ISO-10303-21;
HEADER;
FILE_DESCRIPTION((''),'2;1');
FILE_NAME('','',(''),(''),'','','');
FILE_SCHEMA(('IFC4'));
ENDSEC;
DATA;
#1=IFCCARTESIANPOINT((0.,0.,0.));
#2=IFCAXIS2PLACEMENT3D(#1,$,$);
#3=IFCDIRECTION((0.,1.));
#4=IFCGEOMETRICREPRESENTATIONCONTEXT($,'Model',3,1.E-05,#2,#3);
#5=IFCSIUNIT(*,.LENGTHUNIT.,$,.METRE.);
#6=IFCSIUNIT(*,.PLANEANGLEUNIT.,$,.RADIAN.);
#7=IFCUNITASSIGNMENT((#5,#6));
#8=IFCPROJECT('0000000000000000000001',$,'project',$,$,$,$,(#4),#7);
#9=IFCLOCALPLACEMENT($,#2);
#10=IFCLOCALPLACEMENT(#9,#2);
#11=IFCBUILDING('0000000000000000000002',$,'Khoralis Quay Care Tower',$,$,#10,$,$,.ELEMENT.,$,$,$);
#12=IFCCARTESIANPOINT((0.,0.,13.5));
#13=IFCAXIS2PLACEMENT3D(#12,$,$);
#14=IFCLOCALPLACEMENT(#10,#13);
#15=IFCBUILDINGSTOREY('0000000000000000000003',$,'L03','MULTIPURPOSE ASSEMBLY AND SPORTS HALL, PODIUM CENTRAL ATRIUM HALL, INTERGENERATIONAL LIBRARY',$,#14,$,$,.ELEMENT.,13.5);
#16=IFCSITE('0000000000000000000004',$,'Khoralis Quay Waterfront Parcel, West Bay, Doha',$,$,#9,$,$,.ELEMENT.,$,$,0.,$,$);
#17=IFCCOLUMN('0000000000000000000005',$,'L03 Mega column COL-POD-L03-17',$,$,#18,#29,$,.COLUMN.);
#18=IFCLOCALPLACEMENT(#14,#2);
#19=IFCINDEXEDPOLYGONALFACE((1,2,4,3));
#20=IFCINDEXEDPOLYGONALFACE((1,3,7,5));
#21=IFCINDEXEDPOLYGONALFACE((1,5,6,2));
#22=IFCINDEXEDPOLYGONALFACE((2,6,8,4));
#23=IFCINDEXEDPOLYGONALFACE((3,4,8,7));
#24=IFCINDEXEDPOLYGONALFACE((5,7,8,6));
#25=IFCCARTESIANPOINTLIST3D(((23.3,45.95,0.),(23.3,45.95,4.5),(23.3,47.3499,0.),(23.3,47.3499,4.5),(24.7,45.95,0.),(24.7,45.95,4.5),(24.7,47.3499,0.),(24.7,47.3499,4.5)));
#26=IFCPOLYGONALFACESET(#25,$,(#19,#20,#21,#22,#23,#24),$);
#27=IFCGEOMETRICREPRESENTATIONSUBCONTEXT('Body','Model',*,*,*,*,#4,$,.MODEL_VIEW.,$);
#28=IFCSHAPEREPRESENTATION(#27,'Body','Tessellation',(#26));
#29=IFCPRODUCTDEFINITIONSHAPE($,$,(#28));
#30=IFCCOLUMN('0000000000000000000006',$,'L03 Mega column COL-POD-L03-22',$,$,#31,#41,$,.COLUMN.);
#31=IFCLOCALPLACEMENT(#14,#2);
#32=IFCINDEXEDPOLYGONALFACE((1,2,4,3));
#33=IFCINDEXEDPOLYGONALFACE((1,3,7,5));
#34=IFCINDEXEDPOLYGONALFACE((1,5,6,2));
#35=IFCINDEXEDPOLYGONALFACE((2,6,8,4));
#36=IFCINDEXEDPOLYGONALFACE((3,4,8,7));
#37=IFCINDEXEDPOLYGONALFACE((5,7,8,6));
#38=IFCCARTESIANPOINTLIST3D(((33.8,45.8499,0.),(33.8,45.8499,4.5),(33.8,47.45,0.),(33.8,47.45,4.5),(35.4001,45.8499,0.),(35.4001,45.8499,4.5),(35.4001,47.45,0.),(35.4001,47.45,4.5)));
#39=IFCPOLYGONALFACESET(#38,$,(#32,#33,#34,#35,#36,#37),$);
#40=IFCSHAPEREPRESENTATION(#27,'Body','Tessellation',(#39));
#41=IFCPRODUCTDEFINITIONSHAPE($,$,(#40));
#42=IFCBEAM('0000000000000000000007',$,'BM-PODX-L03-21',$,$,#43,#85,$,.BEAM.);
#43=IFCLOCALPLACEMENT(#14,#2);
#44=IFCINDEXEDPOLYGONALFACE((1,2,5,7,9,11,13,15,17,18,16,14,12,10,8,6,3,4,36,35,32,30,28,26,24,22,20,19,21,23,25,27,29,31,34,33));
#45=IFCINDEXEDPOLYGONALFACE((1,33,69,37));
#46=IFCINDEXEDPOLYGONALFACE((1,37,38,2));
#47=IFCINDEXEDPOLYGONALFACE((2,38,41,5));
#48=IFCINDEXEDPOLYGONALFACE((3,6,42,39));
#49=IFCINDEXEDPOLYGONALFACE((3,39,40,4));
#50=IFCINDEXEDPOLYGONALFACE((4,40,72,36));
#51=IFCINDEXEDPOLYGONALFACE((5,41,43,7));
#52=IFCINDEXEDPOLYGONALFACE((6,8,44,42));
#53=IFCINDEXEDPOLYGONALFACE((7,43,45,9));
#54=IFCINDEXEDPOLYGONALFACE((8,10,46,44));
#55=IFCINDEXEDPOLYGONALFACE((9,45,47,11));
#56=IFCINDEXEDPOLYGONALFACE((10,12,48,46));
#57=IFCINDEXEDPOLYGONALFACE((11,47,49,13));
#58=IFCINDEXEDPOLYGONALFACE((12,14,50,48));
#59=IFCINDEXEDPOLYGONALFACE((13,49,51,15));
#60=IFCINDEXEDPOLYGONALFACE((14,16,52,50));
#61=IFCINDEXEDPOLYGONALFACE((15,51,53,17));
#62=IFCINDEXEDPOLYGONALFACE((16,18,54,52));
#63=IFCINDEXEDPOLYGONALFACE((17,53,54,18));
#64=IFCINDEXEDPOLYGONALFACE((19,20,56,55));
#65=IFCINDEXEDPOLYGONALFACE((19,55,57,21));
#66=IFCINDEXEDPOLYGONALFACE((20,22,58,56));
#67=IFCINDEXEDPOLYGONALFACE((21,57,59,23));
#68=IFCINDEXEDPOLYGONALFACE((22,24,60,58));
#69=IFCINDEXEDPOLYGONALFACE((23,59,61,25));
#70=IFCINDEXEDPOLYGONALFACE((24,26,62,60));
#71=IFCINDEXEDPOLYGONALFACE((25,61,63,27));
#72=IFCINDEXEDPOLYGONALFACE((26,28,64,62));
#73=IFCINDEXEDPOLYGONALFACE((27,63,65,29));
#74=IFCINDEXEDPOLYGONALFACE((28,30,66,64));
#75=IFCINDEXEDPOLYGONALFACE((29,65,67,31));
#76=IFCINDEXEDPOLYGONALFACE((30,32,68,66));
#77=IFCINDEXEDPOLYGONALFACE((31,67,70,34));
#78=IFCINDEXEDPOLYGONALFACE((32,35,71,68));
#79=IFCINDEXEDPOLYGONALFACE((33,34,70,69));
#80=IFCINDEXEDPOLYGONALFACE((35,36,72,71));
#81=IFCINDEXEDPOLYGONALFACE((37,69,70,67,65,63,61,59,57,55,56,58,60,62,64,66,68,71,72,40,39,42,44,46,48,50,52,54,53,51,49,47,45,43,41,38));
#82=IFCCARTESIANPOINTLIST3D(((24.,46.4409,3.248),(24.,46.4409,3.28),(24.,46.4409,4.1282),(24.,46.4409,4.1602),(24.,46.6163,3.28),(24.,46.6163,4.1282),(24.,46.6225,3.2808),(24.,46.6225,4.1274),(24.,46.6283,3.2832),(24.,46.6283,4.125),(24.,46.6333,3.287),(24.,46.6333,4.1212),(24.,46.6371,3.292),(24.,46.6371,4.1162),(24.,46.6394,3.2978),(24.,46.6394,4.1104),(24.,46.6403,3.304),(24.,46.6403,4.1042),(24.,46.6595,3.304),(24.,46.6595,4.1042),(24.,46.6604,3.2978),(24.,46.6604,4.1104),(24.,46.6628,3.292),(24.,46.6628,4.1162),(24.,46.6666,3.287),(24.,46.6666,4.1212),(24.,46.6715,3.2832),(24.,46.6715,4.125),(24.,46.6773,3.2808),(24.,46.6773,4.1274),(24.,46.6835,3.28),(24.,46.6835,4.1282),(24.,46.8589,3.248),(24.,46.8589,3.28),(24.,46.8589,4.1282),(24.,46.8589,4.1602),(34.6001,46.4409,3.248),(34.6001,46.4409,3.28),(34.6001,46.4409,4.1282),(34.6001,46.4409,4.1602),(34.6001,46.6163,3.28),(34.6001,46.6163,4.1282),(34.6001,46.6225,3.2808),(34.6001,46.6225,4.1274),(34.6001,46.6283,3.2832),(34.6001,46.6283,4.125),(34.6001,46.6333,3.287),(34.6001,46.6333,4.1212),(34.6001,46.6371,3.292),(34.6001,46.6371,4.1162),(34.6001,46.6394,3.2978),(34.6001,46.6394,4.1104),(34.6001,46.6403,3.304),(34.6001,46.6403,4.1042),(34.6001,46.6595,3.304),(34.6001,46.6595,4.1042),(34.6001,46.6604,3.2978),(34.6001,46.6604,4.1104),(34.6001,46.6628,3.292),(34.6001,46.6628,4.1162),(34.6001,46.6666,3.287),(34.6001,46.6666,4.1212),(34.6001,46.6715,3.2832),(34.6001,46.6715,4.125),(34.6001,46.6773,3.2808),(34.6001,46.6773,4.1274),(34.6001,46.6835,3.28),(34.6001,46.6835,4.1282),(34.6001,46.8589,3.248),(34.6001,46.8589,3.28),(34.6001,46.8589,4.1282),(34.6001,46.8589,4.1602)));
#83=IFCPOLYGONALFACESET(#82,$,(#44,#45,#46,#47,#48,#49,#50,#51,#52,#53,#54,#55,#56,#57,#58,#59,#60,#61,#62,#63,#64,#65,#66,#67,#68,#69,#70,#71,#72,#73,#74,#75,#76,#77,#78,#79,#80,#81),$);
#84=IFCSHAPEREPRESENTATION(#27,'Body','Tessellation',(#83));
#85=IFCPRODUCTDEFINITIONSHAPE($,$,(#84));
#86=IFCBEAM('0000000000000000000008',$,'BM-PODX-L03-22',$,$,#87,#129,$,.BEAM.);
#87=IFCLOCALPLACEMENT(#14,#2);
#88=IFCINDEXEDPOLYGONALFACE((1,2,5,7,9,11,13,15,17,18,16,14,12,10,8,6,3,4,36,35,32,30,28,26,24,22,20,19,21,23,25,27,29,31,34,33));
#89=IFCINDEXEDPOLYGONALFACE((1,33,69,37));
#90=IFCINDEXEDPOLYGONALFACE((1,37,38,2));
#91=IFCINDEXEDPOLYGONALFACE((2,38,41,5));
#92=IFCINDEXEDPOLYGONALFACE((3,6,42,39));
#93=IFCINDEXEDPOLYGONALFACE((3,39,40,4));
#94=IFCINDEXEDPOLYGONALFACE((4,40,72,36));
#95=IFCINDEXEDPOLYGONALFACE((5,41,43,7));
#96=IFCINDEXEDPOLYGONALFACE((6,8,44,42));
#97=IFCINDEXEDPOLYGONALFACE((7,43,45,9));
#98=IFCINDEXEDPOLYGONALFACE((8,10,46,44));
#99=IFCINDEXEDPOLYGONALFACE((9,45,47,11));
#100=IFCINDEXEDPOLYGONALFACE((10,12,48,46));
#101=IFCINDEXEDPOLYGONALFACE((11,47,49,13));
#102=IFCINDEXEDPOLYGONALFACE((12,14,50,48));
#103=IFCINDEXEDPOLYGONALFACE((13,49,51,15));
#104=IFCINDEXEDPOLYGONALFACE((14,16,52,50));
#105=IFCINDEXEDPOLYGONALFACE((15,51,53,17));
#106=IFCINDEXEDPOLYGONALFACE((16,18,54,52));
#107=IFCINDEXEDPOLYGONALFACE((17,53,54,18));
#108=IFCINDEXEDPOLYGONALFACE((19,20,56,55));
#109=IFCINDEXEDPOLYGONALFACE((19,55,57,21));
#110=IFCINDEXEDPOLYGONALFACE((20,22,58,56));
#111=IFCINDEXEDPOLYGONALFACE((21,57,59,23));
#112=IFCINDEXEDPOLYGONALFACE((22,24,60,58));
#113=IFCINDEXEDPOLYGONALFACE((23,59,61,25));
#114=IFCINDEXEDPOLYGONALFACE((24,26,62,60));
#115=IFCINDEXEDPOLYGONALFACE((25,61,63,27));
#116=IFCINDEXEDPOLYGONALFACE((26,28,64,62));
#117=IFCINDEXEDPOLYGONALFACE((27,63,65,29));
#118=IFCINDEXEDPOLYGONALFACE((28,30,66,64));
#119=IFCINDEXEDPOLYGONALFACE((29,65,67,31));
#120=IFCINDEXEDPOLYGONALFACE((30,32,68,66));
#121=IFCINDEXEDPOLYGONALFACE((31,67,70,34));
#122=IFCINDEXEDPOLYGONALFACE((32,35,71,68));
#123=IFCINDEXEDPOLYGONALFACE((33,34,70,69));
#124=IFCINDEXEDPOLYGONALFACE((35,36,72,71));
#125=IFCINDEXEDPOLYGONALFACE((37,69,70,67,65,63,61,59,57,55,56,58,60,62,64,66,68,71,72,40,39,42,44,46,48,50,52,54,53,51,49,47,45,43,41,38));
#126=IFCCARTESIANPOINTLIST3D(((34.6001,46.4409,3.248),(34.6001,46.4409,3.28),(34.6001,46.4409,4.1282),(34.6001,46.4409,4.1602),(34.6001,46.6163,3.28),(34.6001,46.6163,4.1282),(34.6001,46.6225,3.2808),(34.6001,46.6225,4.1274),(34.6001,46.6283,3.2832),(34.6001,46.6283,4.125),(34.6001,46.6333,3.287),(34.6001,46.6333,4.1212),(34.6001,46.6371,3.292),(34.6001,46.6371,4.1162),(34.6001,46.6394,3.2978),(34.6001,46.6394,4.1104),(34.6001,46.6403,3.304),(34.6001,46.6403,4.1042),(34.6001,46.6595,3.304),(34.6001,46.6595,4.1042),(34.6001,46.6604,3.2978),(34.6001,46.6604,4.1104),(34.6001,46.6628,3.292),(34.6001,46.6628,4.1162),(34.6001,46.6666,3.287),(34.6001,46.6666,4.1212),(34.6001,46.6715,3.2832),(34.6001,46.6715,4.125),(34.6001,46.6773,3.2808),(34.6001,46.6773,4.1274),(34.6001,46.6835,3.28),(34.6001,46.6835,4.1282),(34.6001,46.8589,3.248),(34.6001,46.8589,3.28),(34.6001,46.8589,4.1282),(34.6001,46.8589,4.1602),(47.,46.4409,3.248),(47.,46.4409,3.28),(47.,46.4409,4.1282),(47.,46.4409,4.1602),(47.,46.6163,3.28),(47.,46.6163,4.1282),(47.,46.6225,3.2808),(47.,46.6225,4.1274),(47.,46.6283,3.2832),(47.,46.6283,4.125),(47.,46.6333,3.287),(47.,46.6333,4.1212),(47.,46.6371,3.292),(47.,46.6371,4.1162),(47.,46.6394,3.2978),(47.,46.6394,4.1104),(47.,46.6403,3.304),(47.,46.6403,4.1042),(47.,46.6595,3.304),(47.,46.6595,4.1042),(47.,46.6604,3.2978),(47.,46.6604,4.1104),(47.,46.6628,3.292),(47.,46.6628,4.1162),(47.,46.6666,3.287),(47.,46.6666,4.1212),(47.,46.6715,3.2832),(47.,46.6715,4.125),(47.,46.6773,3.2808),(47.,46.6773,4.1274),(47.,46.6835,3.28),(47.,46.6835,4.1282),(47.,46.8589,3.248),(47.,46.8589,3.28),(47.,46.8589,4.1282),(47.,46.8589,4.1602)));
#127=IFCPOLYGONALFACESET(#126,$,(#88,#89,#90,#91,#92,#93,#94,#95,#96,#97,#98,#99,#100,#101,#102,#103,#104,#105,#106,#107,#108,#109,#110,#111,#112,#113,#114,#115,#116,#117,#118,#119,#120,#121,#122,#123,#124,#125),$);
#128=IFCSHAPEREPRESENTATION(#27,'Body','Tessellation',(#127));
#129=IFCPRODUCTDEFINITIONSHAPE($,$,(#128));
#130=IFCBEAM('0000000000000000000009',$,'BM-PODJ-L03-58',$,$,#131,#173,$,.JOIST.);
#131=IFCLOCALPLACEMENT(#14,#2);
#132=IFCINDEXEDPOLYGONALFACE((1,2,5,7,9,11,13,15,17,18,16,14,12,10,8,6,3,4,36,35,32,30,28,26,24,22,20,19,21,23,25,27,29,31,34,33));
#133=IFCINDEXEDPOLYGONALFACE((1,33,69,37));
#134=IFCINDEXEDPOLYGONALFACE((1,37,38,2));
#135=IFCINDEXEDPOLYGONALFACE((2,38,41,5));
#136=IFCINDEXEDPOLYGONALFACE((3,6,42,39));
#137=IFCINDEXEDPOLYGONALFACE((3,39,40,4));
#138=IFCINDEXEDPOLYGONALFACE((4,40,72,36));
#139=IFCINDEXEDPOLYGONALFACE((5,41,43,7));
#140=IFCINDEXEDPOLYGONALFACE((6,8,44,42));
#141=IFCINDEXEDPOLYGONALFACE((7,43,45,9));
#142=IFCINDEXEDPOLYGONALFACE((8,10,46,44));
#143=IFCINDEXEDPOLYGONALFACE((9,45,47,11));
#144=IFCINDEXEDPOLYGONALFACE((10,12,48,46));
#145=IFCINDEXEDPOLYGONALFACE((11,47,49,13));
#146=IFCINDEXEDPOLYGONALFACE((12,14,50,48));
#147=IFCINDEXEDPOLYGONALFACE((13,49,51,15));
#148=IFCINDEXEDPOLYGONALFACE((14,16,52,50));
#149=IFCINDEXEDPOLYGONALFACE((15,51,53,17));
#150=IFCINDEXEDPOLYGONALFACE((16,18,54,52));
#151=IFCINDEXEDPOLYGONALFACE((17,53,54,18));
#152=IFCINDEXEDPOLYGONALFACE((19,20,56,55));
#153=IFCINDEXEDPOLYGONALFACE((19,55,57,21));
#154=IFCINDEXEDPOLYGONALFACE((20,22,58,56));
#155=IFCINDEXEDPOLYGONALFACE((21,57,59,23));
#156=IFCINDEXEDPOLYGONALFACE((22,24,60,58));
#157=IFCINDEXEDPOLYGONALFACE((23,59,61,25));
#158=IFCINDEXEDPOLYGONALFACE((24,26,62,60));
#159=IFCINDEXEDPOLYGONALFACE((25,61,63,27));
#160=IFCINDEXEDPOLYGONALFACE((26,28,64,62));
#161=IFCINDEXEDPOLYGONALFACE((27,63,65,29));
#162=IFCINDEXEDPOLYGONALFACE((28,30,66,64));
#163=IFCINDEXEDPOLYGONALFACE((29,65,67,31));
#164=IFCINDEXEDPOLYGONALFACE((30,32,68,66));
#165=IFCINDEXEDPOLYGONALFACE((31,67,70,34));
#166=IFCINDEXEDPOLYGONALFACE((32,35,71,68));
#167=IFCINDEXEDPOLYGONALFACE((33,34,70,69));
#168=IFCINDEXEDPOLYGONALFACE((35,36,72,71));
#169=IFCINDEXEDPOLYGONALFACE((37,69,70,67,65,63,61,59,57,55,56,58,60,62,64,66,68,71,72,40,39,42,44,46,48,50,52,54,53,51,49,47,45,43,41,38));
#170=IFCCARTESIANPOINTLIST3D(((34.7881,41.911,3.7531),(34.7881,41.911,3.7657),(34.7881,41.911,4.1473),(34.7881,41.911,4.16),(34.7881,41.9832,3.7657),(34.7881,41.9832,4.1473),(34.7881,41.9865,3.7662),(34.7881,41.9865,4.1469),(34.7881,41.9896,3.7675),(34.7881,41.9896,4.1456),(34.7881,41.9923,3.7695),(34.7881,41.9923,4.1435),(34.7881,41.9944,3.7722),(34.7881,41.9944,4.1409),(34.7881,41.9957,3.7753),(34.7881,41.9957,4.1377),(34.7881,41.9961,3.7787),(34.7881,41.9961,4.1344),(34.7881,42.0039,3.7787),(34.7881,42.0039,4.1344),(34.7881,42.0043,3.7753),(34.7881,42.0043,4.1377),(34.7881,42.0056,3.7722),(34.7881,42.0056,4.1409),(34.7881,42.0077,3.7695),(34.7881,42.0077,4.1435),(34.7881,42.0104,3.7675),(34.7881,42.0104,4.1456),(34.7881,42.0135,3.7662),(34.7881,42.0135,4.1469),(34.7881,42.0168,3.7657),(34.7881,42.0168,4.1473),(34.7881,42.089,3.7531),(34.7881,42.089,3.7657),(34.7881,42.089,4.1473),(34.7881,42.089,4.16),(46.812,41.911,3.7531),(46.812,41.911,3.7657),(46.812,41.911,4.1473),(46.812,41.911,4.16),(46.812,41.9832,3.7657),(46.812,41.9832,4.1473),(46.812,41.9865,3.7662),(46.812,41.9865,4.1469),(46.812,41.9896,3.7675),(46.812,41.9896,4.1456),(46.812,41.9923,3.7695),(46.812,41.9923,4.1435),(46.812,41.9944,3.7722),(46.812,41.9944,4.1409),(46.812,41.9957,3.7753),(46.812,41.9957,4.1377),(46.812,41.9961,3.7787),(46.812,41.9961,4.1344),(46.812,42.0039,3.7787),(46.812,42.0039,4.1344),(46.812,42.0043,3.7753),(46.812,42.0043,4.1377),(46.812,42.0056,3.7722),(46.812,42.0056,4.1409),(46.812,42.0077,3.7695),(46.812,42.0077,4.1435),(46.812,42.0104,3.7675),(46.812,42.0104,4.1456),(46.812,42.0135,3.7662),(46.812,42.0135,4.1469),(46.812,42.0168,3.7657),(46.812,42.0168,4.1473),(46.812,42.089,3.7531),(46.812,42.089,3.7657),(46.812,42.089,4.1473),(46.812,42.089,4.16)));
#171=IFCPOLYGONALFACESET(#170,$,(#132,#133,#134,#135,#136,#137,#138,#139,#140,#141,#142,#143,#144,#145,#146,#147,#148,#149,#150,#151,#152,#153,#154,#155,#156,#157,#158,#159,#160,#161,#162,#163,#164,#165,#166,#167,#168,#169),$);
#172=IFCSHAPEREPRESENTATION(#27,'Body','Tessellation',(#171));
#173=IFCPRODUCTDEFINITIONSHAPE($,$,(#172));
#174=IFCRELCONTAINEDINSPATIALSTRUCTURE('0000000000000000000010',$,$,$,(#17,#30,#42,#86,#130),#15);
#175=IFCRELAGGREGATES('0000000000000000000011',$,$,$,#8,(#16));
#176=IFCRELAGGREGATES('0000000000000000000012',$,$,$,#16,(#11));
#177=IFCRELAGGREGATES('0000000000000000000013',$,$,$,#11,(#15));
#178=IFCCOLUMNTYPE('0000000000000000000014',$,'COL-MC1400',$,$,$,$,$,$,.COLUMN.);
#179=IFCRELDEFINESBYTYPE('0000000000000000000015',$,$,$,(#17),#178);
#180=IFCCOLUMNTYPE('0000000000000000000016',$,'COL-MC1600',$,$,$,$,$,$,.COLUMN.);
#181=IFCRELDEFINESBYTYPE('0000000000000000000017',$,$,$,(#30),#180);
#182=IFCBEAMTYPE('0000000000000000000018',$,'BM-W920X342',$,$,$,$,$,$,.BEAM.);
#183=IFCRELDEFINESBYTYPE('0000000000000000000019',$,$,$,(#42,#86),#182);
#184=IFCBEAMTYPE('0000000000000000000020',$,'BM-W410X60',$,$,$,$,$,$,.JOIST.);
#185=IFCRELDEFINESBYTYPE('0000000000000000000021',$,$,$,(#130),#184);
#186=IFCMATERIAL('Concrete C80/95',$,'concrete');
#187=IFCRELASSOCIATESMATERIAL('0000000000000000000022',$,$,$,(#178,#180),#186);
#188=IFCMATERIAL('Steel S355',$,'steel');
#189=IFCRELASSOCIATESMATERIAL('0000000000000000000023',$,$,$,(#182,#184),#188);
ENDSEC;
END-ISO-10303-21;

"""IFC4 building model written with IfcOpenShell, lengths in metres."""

from ifc_helpers import new_model, si_unit, direction, frame, origin, origin_2d, place, context, subcontext, project, spatial, rectangle, i_section, extrude, source, transform, mapped, material, material_profile, profile_set, type_object, element, save


model = new_model("IFC4")

# Units and contexts
model_context = context("Model", 3, precision=1e-05, world=origin(), true_north=direction((0.0, 1.0)))
body_context = subcontext(model_context, "Body", "Model", "MODEL_VIEW")
ifc_project = project(units=[si_unit("LENGTHUNIT", "METRE"), si_unit("PLANEANGLEUNIT", "RADIAN")], contexts=[model_context])

# Site, building, storey
site_placement = place(None, origin())
site = spatial("IfcSite", under=ifc_project, at=site_placement, Name="Khoralis Quay Waterfront Parcel, West Bay, Doha", CompositionType="ELEMENT", RefElevation=0.0)
building_placement = place(site_placement, origin())
building = spatial("IfcBuilding", under=site, at=building_placement, Name="Khoralis Quay Care Tower", CompositionType="ELEMENT")
storey_placement = place(building_placement, frame((0.0, 0.0, 13.5)))
storey = spatial("IfcBuildingStorey", under=building, at=storey_placement, Name="L03", Description="MULTIPURPOSE ASSEMBLY AND SPORTS HALL, PODIUM CENTRAL ATRIUM HALL, INTERGENERATIONAL LIBRARY", CompositionType="ELEMENT", Elevation=13.5)

# Columns
ifc_material_1 = material(Name="Concrete C80/95", Category="concrete")
ifc_material_profile_1 = material_profile(ifc_material_1, rectangle(XDim=1.3999, YDim=1.3999, at=origin_2d()), Name="Concrete C80/95")
ifc_profile_set_1 = profile_set([ifc_material_profile_1], Name="Concrete C80/95")
column_type_1 = type_object("IfcColumnType", Name="COL-MC1400", PredefinedType="COLUMN", material=ifc_profile_set_1)
shared_shape_1 = source(origin(), body_context, "Body", "SweptSolid", [
    extrude(rectangle(XDim=1.3999, YDim=1.3999, at=origin_2d()), origin(), (0.0, 0.0, 1.0), 4.5),
])
column_1_placement = place(storey_placement, frame((24.0, 46.6499, 0.0), z_axis=(0.0, 0.0, 1.0), x_axis=(1.0, 0.0, 0.0)))
element("IfcColumn", 1, at=column_1_placement, inside=storey, type_object=column_type_1, Name="L03 Mega column COL-POD-L03-17", PredefinedType="COLUMN", context=body_context, shape_type="MappedRepresentation", body=[
    mapped(shared_shape_1, transform((0.0, 0.0, 0.0), scale=1.0)),
])
ifc_material_profile_2 = material_profile(ifc_material_1, rectangle(XDim=1.6001, YDim=1.6001, at=origin_2d()), Name="Concrete C80/95")
ifc_profile_set_2 = profile_set([ifc_material_profile_2], Name="Concrete C80/95")
column_type_2 = type_object("IfcColumnType", Name="COL-MC1600", PredefinedType="COLUMN", material=ifc_profile_set_2)
shared_shape_2 = source(origin(), body_context, "Body", "SweptSolid", [
    extrude(rectangle(XDim=1.6001, YDim=1.6001, at=origin_2d()), origin(), (0.0, 0.0, 1.0), 4.5),
])
column_2_placement = place(storey_placement, frame((34.6001, 46.6499, 0.0), z_axis=(0.0, 0.0, 1.0), x_axis=(1.0, 0.0, 0.0)))
element("IfcColumn", 2, at=column_2_placement, inside=storey, type_object=column_type_2, Name="L03 Mega column COL-POD-L03-22", PredefinedType="COLUMN", context=body_context, shape_type="MappedRepresentation", body=[
    mapped(shared_shape_2, transform((0.0, 0.0, 0.0), scale=1.0)),
])

# Beams
ifc_material_2 = material(Name="Steel S355", Category="steel")
ifc_material_profile_3 = material_profile(ifc_material_2, i_section(OverallWidth=0.418, OverallDepth=0.9121, WebThickness=0.0193, FlangeThickness=0.032, FilletRadius=0.0239, at=origin_2d()), Name="Steel S355")
ifc_profile_set_3 = profile_set([ifc_material_profile_3], Name="Steel S355")
beam_type_1 = type_object("IfcBeamType", Name="BM-W920X342", PredefinedType="BEAM", material=ifc_profile_set_3)
shared_shape_3 = source(origin(), body_context, "Body", "SweptSolid", [
    extrude(i_section(OverallWidth=0.418, OverallDepth=0.9121, WebThickness=0.0193, FlangeThickness=0.032, FilletRadius=0.0239, at=origin_2d()), origin(), (0.0, 0.0, 1.0), 10.6001),
])
beam_1_placement = place(storey_placement, frame((24.0, 46.6499, 3.7041), z_axis=(1.0, 0.0, 0.0), x_axis=(0.0, 1.0, 0.0)))
element("IfcBeam", 3, at=beam_1_placement, inside=storey, type_object=beam_type_1, Name="BM-PODX-L03-21", PredefinedType="BEAM", context=body_context, shape_type="MappedRepresentation", body=[
    mapped(shared_shape_3, transform((0.0, 0.0, 0.0), scale=1.0)),
])
shared_shape_4 = source(origin(), body_context, "Body", "SweptSolid", [
    extrude(i_section(OverallWidth=0.418, OverallDepth=0.9121, WebThickness=0.0193, FlangeThickness=0.032, FilletRadius=0.0239, at=origin_2d()), origin(), (0.0, 0.0, 1.0), 12.3999),
])
beam_2_placement = place(storey_placement, frame((34.6001, 46.6499, 3.7041), z_axis=(1.0, 0.0, 0.0), x_axis=(0.0, 1.0, 0.0)))
element("IfcBeam", 4, at=beam_2_placement, inside=storey, type_object=beam_type_1, Name="BM-PODX-L03-22", PredefinedType="BEAM", context=body_context, shape_type="MappedRepresentation", body=[
    mapped(shared_shape_4, transform((0.0, 0.0, 0.0), scale=1.0)),
])
ifc_material_profile_4 = material_profile(ifc_material_2, i_section(OverallWidth=0.178, OverallDepth=0.407, WebThickness=0.0078, FlangeThickness=0.0127, FilletRadius=0.0129, at=origin_2d()), Name="Steel S355")
ifc_profile_set_4 = profile_set([ifc_material_profile_4], Name="Steel S355")
beam_type_2 = type_object("IfcBeamType", Name="BM-W410X60", PredefinedType="JOIST", material=ifc_profile_set_4)
shared_shape_5 = source(origin(), body_context, "Body", "SweptSolid", [
    extrude(i_section(OverallWidth=0.178, OverallDepth=0.407, WebThickness=0.0078, FlangeThickness=0.0127, FilletRadius=0.0129, at=origin_2d()), origin(), (0.0, 0.0, 1.0), 12.0239),
])
beam_3_placement = place(storey_placement, frame((34.7881, 42.0, 3.9565), z_axis=(1.0, 0.0, 0.0), x_axis=(0.0, 1.0, 0.0)))
element("IfcBeam", 5, at=beam_3_placement, inside=storey, type_object=beam_type_2, Name="BM-PODJ-L03-58", PredefinedType="JOIST", context=body_context, shape_type="MappedRepresentation", body=[
    mapped(shared_shape_5, transform((0.0, 0.0, 0.0), scale=1.0)),
])

save(model, "model.ifc")
